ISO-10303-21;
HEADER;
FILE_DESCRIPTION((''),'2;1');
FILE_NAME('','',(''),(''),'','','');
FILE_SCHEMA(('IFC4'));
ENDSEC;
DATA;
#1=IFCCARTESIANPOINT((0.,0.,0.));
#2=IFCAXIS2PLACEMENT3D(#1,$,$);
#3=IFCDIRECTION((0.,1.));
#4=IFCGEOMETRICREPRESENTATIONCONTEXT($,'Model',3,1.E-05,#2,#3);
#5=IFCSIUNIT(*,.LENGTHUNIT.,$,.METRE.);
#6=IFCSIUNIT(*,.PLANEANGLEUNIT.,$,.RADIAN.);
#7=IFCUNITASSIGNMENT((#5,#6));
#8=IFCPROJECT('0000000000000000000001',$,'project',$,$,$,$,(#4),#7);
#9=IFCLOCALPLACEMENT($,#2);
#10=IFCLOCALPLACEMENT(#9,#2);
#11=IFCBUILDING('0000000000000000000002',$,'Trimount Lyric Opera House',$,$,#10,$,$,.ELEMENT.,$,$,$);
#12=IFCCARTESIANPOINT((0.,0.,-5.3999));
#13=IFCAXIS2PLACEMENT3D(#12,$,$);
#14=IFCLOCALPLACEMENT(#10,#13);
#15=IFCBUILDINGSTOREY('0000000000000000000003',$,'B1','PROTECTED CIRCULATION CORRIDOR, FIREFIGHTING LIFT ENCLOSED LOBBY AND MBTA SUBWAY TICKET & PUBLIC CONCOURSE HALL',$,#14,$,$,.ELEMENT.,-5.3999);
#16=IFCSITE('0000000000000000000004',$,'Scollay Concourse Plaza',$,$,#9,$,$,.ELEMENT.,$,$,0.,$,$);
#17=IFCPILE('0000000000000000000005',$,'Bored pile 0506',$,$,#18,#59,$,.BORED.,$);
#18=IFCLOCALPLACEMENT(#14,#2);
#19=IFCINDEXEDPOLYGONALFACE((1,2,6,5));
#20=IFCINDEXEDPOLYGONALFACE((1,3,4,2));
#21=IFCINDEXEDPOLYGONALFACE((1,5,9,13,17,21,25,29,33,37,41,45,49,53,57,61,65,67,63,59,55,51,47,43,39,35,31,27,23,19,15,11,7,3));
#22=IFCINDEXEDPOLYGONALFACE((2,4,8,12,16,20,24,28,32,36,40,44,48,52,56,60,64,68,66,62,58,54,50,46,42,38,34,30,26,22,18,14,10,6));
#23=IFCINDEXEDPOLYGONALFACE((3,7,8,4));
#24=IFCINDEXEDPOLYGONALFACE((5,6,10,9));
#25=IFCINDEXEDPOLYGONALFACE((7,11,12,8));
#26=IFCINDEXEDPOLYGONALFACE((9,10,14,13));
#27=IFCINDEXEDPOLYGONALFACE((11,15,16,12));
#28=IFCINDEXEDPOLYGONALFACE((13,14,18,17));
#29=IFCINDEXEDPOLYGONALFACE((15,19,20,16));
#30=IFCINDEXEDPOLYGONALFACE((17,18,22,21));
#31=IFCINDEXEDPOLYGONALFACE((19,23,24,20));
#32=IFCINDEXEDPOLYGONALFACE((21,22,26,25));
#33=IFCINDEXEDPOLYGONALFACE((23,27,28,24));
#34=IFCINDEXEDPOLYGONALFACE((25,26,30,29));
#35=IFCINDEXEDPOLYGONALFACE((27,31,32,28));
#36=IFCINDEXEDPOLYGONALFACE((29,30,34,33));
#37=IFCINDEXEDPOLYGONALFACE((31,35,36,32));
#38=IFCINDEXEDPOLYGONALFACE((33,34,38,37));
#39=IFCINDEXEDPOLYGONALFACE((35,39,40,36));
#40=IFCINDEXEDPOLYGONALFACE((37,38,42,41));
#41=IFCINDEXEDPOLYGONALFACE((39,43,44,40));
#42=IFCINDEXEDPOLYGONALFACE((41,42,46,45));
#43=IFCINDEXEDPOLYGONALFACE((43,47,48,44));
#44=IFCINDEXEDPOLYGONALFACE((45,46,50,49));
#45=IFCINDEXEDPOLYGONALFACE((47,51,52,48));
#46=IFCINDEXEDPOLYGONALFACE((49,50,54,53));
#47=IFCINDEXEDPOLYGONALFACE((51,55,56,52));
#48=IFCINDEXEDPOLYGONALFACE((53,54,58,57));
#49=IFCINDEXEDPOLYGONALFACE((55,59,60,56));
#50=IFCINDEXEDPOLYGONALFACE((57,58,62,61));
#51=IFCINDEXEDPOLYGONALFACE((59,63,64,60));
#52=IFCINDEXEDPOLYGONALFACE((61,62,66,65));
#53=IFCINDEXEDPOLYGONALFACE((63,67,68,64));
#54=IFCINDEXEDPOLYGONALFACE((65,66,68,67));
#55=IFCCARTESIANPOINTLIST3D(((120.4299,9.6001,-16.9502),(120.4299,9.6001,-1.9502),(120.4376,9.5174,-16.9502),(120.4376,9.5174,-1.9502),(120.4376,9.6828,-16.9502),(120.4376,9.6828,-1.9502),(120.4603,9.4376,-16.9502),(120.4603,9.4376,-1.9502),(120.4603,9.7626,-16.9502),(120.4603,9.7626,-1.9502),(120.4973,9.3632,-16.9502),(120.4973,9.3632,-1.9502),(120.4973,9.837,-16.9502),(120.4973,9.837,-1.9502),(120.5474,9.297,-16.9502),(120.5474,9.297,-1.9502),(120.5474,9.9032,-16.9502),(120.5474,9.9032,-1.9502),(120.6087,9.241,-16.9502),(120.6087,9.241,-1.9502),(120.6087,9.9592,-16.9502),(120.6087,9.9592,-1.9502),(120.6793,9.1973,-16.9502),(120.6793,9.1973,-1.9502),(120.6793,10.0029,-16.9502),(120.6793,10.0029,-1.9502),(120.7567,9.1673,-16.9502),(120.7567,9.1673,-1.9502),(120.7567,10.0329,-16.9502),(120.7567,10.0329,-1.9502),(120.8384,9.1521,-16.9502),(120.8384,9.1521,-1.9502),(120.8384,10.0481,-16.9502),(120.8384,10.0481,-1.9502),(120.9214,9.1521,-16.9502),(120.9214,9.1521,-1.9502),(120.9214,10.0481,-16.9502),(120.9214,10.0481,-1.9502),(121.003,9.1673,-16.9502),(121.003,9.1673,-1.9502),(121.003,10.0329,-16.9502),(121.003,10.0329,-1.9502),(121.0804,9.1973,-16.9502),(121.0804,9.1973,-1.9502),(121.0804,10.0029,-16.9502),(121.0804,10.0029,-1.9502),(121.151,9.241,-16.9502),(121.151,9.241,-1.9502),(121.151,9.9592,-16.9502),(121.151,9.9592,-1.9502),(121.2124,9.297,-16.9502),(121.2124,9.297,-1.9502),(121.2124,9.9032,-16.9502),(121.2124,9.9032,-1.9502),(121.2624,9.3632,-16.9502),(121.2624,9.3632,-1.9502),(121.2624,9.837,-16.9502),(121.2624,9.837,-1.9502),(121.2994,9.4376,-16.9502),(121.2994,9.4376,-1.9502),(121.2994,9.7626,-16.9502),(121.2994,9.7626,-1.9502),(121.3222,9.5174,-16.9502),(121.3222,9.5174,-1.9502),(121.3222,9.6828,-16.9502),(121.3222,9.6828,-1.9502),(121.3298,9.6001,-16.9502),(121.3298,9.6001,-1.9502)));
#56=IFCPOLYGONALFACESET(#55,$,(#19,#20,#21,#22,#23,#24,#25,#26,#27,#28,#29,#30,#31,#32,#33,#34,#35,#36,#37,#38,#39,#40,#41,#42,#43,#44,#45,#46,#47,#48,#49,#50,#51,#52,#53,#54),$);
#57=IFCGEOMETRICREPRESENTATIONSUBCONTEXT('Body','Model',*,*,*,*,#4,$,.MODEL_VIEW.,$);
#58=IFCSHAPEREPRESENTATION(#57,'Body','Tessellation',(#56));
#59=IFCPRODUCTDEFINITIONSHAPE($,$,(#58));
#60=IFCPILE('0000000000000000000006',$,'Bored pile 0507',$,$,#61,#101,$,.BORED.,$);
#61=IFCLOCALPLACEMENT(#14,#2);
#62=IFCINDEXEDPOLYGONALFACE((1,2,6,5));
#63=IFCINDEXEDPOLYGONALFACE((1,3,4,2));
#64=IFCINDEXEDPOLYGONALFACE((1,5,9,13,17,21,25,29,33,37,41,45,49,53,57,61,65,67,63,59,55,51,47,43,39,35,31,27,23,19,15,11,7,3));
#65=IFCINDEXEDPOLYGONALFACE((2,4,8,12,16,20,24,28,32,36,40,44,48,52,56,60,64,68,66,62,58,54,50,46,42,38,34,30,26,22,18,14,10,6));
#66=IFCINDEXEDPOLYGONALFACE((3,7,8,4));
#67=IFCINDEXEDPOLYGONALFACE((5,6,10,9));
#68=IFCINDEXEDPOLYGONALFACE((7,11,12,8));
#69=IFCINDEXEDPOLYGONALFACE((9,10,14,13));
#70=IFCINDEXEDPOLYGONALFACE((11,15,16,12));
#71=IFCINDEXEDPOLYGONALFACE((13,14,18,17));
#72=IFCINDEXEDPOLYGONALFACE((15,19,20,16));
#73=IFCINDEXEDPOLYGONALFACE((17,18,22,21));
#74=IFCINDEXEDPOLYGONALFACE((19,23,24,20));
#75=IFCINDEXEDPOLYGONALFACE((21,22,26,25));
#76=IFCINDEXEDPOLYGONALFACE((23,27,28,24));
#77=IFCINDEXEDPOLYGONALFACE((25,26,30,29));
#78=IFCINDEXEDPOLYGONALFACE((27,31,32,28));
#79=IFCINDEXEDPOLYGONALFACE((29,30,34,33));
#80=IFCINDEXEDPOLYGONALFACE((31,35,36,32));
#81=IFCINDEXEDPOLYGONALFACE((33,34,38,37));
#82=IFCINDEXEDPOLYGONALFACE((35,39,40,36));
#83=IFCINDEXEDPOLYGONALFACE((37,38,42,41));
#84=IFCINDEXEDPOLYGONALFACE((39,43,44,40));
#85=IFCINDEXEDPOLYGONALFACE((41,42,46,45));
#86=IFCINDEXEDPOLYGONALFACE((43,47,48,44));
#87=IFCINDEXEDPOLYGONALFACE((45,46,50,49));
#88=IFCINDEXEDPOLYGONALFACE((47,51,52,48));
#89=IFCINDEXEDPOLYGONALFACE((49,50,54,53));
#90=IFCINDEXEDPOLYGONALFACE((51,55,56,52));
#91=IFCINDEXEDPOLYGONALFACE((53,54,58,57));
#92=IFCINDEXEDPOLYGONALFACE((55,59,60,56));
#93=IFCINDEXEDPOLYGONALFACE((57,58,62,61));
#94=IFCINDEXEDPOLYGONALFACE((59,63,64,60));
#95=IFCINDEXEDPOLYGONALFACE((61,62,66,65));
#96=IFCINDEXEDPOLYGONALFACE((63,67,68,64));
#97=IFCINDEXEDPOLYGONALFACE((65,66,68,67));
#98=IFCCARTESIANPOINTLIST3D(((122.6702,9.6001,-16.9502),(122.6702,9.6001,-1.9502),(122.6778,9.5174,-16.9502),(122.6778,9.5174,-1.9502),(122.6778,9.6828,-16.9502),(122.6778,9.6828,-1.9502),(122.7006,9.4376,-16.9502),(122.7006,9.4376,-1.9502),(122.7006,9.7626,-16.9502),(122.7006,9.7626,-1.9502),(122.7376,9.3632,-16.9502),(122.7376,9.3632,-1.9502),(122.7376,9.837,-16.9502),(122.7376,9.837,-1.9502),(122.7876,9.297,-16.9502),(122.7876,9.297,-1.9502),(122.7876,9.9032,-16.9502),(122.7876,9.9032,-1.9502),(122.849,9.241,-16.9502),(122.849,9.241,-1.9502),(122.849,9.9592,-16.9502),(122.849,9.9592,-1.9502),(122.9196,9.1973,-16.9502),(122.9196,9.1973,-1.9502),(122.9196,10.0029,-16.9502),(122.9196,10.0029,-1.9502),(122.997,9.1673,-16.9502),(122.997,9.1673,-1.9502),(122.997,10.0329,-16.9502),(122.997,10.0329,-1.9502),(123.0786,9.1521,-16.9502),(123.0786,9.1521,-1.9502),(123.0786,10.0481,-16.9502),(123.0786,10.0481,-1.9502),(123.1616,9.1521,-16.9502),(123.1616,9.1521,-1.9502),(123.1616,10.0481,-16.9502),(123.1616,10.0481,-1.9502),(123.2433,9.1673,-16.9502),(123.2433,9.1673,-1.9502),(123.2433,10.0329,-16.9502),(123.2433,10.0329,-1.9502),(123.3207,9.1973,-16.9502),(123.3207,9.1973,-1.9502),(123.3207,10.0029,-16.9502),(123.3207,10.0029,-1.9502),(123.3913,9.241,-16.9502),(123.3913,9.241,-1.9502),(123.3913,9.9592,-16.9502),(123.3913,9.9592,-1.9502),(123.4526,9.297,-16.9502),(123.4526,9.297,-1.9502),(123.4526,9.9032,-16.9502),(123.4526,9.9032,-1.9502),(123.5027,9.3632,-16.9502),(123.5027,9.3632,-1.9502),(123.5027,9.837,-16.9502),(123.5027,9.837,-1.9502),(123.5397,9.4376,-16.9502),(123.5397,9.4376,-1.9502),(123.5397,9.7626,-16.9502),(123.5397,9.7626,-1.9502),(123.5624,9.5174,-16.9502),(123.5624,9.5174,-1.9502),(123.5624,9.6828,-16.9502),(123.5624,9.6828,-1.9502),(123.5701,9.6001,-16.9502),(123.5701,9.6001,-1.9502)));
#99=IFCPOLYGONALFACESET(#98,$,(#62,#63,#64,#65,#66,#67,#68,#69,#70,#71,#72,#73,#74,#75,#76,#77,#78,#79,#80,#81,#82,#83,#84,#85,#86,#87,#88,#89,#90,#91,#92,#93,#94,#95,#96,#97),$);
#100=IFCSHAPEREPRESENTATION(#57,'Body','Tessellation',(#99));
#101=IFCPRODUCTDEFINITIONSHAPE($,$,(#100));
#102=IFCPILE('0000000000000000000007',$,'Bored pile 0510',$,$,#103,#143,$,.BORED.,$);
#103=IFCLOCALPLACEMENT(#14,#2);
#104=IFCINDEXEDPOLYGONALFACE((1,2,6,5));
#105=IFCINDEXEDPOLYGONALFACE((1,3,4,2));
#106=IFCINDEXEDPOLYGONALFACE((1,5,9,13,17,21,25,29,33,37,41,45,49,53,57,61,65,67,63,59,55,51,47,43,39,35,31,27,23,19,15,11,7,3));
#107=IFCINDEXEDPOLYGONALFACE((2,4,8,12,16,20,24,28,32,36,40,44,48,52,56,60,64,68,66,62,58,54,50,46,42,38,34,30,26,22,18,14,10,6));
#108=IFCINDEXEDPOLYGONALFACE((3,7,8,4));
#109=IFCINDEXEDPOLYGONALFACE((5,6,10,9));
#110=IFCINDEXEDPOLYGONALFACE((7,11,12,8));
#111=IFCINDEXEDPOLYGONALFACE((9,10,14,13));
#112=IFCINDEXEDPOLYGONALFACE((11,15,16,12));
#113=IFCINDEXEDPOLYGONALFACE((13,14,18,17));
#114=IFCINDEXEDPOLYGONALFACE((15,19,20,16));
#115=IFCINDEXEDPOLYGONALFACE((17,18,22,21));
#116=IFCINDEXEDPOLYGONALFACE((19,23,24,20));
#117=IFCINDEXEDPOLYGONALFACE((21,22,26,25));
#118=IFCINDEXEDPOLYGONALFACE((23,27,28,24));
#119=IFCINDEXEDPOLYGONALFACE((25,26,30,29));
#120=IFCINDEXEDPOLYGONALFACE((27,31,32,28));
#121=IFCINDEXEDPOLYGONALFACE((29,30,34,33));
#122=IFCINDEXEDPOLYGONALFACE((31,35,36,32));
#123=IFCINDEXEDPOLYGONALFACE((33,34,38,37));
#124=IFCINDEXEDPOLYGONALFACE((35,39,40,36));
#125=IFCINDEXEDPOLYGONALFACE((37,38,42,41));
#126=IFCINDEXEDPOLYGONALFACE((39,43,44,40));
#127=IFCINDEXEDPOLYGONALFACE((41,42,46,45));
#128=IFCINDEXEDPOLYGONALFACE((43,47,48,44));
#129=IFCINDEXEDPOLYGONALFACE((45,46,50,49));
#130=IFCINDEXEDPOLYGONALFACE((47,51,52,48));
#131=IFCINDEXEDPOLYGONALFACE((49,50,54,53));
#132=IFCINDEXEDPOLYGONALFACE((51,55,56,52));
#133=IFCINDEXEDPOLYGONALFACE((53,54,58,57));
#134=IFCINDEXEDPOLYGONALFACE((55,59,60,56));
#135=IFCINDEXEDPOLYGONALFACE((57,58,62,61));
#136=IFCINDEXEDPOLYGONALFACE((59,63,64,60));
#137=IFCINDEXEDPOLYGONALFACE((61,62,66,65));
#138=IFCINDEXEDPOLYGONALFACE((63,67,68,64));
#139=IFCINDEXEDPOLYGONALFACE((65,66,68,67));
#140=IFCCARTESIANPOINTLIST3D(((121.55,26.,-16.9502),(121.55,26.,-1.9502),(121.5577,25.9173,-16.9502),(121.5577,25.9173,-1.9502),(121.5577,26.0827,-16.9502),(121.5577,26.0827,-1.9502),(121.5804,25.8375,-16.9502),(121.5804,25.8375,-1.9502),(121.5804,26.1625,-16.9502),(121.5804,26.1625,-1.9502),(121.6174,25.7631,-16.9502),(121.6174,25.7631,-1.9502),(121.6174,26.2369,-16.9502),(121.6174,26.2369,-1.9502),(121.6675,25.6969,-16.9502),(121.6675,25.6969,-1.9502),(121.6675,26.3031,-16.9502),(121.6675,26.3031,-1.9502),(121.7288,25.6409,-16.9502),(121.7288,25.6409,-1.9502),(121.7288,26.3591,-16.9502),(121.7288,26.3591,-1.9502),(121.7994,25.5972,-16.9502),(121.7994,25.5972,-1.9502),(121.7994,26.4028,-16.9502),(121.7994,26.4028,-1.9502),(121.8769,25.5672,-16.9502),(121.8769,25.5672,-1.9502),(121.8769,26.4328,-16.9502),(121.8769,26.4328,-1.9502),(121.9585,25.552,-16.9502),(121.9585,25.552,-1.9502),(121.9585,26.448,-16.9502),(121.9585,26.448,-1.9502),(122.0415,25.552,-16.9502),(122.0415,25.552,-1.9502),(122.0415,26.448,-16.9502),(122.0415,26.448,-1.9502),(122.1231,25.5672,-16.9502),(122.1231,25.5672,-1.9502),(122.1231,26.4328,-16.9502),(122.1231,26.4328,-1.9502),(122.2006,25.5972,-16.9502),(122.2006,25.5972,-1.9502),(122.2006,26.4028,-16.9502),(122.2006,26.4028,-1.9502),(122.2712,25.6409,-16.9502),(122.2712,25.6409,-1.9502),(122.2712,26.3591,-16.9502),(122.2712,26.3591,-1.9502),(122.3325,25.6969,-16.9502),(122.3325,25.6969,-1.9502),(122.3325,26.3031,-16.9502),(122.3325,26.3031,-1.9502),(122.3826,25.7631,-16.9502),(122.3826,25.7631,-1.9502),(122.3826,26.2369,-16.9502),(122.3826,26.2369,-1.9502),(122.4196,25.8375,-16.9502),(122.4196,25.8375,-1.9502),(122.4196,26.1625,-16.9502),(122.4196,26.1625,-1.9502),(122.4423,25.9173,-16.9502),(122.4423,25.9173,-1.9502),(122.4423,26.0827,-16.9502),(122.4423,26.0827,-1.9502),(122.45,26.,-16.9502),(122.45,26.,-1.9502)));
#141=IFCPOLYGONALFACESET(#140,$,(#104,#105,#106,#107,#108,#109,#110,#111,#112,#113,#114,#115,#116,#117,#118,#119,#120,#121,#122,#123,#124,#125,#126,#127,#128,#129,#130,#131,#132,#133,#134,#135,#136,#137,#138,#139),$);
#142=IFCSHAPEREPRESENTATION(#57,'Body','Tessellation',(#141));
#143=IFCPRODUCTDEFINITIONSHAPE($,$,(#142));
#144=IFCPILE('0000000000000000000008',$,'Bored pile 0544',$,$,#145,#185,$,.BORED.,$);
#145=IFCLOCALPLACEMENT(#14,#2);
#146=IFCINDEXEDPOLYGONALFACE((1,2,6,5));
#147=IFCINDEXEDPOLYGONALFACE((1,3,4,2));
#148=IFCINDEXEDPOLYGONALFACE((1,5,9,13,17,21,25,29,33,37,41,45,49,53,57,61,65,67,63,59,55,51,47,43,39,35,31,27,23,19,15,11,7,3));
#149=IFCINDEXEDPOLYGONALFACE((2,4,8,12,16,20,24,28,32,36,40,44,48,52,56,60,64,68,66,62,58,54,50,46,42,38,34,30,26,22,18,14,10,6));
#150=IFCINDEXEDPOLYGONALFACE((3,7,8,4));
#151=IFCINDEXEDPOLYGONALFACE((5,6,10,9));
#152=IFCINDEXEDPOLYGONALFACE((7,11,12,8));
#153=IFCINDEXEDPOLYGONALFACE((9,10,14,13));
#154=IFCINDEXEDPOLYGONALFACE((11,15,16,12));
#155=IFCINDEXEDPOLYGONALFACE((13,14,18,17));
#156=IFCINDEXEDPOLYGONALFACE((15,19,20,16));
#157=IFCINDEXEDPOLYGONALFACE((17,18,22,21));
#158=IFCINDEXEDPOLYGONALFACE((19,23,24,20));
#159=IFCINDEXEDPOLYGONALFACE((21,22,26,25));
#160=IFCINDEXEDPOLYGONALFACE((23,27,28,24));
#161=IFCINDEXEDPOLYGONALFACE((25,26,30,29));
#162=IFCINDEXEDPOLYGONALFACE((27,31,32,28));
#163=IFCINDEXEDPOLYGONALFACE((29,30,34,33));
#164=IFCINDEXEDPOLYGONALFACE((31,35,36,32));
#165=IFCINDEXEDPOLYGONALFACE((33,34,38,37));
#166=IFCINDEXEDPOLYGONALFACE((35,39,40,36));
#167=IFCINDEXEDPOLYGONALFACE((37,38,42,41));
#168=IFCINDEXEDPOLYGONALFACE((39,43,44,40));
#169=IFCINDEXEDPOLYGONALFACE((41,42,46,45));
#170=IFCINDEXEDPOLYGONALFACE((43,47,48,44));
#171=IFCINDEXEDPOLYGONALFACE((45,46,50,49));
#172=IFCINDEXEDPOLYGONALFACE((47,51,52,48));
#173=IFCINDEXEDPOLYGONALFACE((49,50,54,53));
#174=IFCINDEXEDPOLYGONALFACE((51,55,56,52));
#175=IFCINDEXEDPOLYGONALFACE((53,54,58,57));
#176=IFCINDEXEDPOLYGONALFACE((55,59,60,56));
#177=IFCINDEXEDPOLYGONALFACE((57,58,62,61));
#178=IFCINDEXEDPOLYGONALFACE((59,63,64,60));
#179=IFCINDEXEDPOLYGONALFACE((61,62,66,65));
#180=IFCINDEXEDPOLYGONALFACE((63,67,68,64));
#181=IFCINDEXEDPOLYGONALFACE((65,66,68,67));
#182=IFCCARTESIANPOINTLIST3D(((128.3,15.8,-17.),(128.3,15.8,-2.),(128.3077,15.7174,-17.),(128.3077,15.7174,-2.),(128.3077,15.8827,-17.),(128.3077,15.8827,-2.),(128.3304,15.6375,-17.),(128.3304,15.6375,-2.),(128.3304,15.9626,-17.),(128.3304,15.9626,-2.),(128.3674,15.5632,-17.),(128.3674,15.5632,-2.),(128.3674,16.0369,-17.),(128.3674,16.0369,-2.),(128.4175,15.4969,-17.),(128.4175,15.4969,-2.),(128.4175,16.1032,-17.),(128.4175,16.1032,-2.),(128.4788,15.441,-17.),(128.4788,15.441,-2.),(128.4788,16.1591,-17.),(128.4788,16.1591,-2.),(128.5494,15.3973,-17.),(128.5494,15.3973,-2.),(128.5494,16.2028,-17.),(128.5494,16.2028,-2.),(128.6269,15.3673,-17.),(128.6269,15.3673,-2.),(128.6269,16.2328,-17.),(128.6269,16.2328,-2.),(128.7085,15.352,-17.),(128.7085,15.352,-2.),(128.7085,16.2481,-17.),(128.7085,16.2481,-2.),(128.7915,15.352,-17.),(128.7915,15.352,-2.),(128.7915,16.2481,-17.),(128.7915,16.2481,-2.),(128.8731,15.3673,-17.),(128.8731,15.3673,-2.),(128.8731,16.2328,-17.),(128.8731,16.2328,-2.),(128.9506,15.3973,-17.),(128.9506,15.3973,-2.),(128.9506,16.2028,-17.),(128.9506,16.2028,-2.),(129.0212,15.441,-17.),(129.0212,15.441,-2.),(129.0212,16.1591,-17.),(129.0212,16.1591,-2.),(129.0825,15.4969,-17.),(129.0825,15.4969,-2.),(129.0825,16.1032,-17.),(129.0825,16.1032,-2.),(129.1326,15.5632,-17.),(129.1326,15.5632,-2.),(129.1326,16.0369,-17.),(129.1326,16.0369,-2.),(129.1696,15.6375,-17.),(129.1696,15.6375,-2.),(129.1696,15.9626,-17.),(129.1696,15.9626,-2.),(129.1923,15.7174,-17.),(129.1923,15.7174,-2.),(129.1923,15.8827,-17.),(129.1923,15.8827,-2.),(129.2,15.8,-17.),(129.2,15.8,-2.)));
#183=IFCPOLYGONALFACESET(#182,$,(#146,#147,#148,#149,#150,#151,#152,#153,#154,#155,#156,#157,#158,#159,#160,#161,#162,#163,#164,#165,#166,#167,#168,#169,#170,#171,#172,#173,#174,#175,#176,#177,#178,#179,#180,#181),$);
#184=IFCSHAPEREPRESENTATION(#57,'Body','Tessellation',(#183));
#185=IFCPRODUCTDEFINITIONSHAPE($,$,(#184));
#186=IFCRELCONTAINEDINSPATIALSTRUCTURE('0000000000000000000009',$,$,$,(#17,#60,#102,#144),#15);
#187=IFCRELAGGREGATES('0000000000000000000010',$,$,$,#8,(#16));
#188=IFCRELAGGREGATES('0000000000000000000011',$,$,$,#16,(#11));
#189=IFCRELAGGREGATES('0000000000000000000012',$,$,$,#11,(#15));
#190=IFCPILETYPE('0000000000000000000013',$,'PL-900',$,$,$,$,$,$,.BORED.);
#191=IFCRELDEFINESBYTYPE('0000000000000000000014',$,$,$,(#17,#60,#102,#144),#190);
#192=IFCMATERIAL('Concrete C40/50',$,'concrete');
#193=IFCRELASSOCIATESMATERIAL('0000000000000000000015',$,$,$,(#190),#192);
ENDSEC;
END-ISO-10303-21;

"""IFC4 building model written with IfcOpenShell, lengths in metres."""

from ifc_helpers import new_model, si_unit, direction, frame, origin, origin_2d, place, context, subcontext, project, spatial, circle, extrude, material, material_profile, profile_set, type_object, element, save


model = new_model("IFC4")

# Units and contexts
model_context = context("Model", 3, precision=1e-05, world=origin(), true_north=direction((0.0, 1.0)))
body_context = subcontext(model_context, "Body", "Model", "MODEL_VIEW")
ifc_project = project(units=[si_unit("LENGTHUNIT", "METRE"), si_unit("PLANEANGLEUNIT", "RADIAN")], contexts=[model_context])

# Site, building, storey
site_placement = place(None, origin())
site = spatial("IfcSite", under=ifc_project, at=site_placement, Name="Scollay Concourse Plaza", CompositionType="ELEMENT", RefElevation=0.0)
building_placement = place(site_placement, origin())
building = spatial("IfcBuilding", under=site, at=building_placement, Name="Trimount Lyric Opera House", CompositionType="ELEMENT")
storey_placement = place(building_placement, frame((0.0, 0.0, -5.3999)))
storey = spatial("IfcBuildingStorey", under=building, at=storey_placement, Name="B1", Description="PROTECTED CIRCULATION CORRIDOR, FIREFIGHTING LIFT ENCLOSED LOBBY AND MBTA SUBWAY TICKET & PUBLIC CONCOURSE HALL", CompositionType="ELEMENT", Elevation=-5.3999)

# Piles
ifc_material_1 = material(Name="Concrete C40/50", Category="concrete")
ifc_material_profile_1 = material_profile(ifc_material_1, circle(Radius=0.45, at=origin_2d()), Name="PILE-D900")
ifc_profile_set_1 = profile_set([ifc_material_profile_1], Name="Concrete C40/50")
pile_type_1 = type_object("IfcPileType", Name="PL-900", PredefinedType="BORED", material=ifc_profile_set_1)
for number, where, z_axis, x_axis, name in (
    (1, (120.8799, 9.6001, -1.9502), (0.0, 0.0, -1.0), (1.0, 0.0, 0.0), "Bored pile 0506"),
    (2, (123.1201, 9.6001, -1.9502), (0.0, 0.0, -1.0), (1.0, 0.0, 0.0), "Bored pile 0507"),
    (3, (122.0, 26.0, -1.9502), (0.0, 0.0, -1.0), (1.0, 0.0, 0.0), "Bored pile 0510"),
    (4, (128.75, 15.8, -2.0), (0.0, 0.0, -1.0), (1.0, 0.0, 0.0), "Bored pile 0544"),
):
    element("IfcPile", number, at=place(storey_placement, frame(where, z_axis=z_axis, x_axis=x_axis)), inside=storey, type_object=pile_type_1, Name=name, PredefinedType="BORED", context=body_context, shape_type="SweptSolid", body=[
        extrude(circle(Radius=0.45, at=origin_2d()), origin(), (0.0, 0.0, 1.0), 15.0),
    ])

save(model, "model.ifc")
